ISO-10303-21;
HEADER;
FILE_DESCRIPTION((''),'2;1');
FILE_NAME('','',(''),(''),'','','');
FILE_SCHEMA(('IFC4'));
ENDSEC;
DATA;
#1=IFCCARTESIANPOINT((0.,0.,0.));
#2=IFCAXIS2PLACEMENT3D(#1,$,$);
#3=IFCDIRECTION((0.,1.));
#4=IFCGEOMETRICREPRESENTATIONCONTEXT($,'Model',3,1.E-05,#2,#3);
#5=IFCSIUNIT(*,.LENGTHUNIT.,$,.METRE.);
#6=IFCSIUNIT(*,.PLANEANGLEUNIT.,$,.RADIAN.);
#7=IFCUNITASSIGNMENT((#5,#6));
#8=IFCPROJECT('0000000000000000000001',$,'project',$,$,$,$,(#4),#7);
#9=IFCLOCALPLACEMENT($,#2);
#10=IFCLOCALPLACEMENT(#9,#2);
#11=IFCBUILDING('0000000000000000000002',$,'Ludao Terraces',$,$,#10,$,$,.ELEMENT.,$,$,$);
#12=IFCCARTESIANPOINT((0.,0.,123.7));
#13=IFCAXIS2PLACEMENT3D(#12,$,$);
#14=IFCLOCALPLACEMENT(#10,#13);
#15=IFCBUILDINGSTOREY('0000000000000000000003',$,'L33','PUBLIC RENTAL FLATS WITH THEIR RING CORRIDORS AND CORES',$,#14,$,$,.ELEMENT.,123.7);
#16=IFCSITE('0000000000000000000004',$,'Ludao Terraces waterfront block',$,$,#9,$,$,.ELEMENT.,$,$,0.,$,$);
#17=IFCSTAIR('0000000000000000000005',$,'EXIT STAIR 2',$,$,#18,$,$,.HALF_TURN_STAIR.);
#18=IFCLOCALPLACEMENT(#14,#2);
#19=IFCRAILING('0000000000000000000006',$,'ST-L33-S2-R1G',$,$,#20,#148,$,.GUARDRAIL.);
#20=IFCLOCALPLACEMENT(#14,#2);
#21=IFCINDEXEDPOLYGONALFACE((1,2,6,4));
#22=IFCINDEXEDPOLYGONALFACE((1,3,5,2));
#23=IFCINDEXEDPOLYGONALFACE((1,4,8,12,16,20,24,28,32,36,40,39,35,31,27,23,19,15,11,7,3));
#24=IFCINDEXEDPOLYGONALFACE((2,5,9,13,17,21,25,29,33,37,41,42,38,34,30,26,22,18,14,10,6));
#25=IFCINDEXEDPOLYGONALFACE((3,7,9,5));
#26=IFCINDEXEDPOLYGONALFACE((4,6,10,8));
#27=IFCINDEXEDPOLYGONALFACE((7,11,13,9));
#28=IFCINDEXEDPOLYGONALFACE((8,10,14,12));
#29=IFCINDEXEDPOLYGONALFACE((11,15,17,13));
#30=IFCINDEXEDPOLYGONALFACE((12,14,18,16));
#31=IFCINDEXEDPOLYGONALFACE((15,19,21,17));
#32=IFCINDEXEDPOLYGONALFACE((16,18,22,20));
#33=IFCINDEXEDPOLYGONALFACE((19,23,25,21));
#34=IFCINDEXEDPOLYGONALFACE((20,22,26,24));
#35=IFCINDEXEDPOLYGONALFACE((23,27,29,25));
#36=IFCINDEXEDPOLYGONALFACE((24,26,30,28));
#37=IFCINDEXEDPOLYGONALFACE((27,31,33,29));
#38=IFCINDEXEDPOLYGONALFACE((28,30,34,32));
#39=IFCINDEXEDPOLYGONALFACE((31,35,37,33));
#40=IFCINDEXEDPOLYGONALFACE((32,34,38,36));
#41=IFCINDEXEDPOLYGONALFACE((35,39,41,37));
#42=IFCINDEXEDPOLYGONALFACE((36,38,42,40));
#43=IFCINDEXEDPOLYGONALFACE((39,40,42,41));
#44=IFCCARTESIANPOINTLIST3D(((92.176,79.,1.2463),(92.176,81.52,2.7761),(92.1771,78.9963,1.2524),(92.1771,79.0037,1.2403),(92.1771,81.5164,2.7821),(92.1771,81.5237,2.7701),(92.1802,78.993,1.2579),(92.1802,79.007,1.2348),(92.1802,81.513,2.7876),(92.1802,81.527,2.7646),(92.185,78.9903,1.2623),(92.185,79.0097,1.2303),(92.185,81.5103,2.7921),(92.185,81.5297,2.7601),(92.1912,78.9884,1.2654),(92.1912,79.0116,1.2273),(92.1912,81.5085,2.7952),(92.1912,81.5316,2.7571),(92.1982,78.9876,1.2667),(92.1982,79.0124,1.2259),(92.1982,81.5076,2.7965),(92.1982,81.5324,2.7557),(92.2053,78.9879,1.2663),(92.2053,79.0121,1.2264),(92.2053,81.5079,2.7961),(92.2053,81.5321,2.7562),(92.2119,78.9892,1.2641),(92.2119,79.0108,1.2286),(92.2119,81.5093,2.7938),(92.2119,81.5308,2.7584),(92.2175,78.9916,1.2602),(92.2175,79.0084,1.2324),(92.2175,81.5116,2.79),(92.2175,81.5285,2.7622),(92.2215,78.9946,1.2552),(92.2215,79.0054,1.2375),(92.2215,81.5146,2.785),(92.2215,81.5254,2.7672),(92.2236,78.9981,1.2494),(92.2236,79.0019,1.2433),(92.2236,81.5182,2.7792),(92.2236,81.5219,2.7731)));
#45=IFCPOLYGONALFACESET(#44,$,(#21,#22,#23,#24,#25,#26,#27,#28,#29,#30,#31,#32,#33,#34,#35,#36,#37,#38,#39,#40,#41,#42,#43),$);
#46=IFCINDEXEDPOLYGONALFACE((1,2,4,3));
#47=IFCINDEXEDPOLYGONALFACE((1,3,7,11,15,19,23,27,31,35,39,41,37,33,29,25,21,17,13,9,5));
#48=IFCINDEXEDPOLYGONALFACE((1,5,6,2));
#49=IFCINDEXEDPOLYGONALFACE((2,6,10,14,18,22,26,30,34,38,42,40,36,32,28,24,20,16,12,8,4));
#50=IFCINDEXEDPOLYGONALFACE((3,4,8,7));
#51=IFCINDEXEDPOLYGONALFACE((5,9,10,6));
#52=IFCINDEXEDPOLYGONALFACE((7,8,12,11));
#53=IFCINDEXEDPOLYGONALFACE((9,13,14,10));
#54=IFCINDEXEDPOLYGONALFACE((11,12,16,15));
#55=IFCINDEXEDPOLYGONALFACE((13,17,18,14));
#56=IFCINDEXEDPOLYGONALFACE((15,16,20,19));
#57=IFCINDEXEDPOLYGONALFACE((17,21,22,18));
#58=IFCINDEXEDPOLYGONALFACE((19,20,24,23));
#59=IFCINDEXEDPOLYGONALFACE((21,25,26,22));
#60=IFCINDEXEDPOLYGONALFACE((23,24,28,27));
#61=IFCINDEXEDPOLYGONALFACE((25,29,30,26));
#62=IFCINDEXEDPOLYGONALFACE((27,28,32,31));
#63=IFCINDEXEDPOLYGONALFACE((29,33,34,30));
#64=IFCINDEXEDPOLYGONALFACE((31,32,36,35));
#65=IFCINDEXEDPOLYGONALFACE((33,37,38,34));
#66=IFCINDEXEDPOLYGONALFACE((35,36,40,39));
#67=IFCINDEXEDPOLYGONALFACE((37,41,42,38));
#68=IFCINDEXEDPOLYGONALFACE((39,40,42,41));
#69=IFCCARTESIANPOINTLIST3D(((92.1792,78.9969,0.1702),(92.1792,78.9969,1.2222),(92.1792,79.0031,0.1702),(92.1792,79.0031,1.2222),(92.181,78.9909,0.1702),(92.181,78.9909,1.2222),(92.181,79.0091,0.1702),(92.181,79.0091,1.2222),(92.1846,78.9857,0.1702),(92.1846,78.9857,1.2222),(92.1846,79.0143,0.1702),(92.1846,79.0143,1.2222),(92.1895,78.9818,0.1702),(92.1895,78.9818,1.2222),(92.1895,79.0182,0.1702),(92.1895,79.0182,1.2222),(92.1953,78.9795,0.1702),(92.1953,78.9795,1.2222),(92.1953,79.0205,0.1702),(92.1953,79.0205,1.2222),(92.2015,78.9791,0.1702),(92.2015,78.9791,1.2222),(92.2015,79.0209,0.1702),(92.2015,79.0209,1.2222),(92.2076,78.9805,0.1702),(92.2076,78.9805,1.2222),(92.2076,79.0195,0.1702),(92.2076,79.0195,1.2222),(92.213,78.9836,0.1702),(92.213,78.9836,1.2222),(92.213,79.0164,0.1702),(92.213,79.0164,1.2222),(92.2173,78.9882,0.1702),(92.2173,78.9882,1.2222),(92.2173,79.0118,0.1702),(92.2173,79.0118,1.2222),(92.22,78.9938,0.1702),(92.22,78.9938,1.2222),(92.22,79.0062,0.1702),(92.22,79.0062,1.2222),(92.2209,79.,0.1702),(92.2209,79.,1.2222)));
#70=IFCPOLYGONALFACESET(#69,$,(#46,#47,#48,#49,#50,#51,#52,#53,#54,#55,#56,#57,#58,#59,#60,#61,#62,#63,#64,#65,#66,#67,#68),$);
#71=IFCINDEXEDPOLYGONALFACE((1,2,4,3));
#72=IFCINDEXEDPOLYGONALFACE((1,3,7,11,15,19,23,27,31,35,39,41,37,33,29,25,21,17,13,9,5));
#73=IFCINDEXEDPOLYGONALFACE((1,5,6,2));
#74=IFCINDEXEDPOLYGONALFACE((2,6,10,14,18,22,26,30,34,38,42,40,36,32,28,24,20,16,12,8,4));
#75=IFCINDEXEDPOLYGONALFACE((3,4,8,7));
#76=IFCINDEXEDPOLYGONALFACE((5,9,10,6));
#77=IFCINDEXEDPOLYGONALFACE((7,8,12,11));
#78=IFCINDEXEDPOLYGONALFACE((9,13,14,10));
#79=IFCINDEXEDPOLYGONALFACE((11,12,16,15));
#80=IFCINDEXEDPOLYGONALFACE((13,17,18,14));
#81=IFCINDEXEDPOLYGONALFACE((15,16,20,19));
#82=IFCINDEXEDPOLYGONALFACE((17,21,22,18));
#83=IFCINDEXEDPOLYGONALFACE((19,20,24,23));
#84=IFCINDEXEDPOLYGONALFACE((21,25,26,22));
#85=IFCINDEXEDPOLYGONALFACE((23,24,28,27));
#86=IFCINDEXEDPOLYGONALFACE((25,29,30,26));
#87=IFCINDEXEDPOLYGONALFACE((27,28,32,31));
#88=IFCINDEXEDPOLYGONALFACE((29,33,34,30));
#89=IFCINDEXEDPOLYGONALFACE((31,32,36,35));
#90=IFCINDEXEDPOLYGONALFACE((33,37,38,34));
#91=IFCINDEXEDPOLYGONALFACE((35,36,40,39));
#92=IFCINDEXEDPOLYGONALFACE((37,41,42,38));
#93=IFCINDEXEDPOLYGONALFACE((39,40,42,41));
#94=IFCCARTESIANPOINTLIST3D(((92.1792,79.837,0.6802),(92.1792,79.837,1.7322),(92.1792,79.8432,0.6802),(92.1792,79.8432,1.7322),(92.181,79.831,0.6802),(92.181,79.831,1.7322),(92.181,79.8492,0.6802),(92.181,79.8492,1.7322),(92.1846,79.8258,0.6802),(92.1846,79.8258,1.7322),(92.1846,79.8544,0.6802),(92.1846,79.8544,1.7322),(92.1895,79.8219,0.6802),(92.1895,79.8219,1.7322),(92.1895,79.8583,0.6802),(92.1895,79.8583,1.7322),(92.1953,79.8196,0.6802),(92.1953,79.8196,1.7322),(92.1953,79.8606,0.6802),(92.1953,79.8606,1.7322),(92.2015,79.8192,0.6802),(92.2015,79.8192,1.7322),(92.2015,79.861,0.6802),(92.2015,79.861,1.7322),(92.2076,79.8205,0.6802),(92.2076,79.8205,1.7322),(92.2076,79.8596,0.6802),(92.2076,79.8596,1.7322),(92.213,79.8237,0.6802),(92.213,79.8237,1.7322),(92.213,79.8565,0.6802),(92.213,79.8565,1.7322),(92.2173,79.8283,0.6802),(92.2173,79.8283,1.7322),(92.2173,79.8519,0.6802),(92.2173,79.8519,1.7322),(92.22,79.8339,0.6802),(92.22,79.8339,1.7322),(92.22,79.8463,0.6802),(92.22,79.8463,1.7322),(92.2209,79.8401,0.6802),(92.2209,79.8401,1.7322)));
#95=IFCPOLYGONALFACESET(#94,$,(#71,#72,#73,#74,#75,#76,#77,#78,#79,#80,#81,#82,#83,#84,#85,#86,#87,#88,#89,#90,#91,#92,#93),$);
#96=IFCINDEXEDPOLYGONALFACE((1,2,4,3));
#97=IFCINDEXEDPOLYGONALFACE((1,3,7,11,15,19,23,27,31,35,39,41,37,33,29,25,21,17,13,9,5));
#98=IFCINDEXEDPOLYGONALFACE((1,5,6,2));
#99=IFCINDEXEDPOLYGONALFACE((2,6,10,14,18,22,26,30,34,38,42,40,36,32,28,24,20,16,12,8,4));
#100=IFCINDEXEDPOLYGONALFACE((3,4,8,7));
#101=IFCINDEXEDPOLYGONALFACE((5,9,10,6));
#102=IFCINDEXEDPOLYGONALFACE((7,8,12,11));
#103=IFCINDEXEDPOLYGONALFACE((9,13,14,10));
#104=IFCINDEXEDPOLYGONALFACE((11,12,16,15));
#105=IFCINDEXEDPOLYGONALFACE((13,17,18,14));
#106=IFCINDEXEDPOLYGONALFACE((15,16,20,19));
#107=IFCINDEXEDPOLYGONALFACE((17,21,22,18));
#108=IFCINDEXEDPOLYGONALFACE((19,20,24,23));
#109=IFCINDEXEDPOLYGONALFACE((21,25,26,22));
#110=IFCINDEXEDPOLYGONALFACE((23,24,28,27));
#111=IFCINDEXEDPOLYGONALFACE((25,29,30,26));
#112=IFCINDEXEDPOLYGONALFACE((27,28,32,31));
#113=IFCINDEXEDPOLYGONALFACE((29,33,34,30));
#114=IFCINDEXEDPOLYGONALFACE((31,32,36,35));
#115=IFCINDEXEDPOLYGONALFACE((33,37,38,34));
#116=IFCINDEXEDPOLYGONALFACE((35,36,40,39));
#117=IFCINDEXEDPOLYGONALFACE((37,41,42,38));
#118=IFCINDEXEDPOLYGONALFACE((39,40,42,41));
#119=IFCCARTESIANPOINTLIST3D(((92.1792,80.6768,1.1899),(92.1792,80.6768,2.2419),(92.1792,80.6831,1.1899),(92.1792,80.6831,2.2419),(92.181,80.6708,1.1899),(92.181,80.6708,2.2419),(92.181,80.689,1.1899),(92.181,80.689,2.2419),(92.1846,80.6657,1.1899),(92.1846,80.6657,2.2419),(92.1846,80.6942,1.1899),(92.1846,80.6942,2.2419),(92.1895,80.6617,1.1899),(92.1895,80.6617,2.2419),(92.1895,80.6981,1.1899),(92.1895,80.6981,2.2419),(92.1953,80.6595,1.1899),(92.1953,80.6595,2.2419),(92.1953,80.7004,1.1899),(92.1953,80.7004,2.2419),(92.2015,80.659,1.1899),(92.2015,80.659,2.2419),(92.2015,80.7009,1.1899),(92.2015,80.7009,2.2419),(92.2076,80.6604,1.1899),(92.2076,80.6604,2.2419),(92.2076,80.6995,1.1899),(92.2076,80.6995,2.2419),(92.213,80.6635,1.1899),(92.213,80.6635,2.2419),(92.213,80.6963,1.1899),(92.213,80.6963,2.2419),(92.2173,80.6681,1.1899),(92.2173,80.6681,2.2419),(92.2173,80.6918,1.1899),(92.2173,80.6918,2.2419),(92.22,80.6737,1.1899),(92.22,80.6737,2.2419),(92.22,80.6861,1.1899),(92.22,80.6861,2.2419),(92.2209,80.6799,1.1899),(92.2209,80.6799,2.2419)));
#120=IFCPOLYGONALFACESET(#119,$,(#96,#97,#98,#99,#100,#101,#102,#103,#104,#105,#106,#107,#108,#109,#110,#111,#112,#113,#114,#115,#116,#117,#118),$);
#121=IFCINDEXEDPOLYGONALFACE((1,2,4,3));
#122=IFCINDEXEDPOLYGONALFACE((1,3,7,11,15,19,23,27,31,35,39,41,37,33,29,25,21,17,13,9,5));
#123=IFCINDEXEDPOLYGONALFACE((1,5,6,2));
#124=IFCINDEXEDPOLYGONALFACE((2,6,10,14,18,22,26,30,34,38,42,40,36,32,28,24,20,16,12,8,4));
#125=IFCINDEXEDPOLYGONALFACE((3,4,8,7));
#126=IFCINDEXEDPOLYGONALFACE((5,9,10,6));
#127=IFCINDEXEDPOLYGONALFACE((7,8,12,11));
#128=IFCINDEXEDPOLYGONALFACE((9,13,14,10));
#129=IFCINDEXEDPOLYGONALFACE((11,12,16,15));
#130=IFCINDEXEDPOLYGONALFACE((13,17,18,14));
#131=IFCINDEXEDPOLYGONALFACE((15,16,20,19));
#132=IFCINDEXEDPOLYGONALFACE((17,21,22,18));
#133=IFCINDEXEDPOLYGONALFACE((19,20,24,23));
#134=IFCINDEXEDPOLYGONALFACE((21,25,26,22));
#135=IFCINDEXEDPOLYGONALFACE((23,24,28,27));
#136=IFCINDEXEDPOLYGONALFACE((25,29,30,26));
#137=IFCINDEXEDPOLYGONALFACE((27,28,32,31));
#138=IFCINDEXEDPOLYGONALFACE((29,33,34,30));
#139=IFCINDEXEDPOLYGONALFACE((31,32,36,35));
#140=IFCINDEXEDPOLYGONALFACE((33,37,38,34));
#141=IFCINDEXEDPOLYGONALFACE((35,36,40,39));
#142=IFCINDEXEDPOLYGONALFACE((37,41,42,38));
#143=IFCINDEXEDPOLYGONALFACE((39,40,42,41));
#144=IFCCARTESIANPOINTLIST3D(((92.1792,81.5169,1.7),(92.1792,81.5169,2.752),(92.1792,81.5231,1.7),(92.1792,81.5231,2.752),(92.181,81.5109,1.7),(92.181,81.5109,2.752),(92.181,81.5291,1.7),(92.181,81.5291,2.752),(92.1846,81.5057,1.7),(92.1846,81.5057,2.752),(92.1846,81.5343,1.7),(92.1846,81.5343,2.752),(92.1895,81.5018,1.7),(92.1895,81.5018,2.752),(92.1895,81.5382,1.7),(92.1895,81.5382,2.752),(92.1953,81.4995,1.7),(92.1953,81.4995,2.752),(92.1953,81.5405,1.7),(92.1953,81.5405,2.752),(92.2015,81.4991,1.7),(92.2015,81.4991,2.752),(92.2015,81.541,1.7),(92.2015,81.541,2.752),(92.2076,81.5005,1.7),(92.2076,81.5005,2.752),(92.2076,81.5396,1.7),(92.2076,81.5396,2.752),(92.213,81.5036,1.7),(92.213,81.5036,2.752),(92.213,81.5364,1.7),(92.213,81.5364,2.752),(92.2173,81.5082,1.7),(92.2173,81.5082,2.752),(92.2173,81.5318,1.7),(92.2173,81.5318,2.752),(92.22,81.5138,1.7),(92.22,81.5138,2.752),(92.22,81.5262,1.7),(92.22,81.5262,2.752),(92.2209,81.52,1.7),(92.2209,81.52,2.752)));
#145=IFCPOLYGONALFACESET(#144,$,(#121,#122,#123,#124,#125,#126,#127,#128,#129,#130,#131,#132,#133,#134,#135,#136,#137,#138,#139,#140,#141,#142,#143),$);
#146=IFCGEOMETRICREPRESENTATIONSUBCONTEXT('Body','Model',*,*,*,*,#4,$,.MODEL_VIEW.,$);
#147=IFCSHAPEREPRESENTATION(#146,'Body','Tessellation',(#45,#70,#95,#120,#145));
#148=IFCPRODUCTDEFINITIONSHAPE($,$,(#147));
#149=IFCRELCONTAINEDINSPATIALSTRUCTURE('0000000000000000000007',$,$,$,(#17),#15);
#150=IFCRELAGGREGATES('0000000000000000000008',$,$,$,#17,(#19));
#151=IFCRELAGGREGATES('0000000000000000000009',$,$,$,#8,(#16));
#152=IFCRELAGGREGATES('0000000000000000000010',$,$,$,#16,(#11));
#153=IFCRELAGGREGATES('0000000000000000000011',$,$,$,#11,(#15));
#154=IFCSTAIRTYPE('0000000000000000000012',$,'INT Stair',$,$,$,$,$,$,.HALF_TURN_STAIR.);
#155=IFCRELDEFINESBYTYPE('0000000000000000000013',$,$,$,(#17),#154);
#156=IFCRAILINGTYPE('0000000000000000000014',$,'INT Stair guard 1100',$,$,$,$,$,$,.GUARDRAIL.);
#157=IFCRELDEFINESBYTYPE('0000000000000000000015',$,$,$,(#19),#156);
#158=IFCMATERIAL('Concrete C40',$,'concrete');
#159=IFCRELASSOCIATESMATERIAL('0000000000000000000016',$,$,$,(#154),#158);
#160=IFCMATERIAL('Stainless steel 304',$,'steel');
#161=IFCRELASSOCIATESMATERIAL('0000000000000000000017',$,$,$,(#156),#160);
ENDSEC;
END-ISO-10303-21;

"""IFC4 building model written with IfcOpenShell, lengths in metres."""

from ifc_helpers import new_model, si_unit, direction, frame, origin, origin_2d, place, context, subcontext, project, spatial, circle, extrude, material, type_object, element, aggregate, save


model = new_model("IFC4")

# Units and contexts
model_context = context("Model", 3, precision=1e-05, world=origin(), true_north=direction((0.0, 1.0)))
body_context = subcontext(model_context, "Body", "Model", "MODEL_VIEW")
ifc_project = project(units=[si_unit("LENGTHUNIT", "METRE"), si_unit("PLANEANGLEUNIT", "RADIAN")], contexts=[model_context])

# Site, building, storey
site_placement = place(None, origin())
site = spatial("IfcSite", under=ifc_project, at=site_placement, Name="Ludao Terraces waterfront block", CompositionType="ELEMENT", RefElevation=0.0)
building_placement = place(site_placement, origin())
building = spatial("IfcBuilding", under=site, at=building_placement, Name="Ludao Terraces", CompositionType="ELEMENT")
storey_placement = place(building_placement, frame((0.0, 0.0, 123.7)))
storey = spatial("IfcBuildingStorey", under=building, at=storey_placement, Name="L33", Description="PUBLIC RENTAL FLATS WITH THEIR RING CORRIDORS AND CORES", CompositionType="ELEMENT", Elevation=123.7)

# Stair, railing
ifc_material_1 = material(Name="Concrete C40", Category="concrete")
stair_type = type_object("IfcStairType", Name="INT Stair", PredefinedType="HALF_TURN_STAIR", material=ifc_material_1)
stair_placement = place(storey_placement, origin())
stair = element("IfcStair", 1, at=stair_placement, inside=storey, type_object=stair_type, Name="EXIT STAIR 2", PredefinedType="HALF_TURN_STAIR")
ifc_material_2 = material(Name="Stainless steel 304", Category="steel")
railing_type_1 = type_object("IfcRailingType", Name="INT Stair guard 1100", PredefinedType="GUARDRAIL", material=ifc_material_2)
railing_1_placement = place(storey_placement, frame((92.2, 79.0, 0.1702)))
railing_1 = element("IfcRailing", 2, at=railing_1_placement, type_object=railing_type_1, Name="ST-L33-S2-R1G", PredefinedType="GUARDRAIL", context=body_context, shape_type="SweptSolid", body=[
    extrude(circle(Radius=0.0239, at=origin_2d()), frame((0.0, 0.0, 1.0762), z_axis=(0.0, 0.854822, 0.518922), x_axis=(-1.0, 0.0, 0.0)), (0.0, 0.0, 1.0), 2.948),
    extrude(circle(Radius=0.021, at=origin_2d()), origin(), (0.0, 0.0, 1.0), 1.052),
    extrude(circle(Radius=0.021, at=origin_2d()), frame((0.0, 0.8401, 0.51)), (0.0, 0.0, 1.0), 1.052),
    extrude(circle(Radius=0.021, at=origin_2d()), frame((0.0, 1.6799, 1.0198)), (0.0, 0.0, 1.0), 1.052),
    extrude(circle(Radius=0.021, at=origin_2d()), frame((0.0, 2.52, 1.5298)), (0.0, 0.0, 1.0), 1.052),
])
aggregate(stair, [railing_1])

save(model, "model.ifc")
